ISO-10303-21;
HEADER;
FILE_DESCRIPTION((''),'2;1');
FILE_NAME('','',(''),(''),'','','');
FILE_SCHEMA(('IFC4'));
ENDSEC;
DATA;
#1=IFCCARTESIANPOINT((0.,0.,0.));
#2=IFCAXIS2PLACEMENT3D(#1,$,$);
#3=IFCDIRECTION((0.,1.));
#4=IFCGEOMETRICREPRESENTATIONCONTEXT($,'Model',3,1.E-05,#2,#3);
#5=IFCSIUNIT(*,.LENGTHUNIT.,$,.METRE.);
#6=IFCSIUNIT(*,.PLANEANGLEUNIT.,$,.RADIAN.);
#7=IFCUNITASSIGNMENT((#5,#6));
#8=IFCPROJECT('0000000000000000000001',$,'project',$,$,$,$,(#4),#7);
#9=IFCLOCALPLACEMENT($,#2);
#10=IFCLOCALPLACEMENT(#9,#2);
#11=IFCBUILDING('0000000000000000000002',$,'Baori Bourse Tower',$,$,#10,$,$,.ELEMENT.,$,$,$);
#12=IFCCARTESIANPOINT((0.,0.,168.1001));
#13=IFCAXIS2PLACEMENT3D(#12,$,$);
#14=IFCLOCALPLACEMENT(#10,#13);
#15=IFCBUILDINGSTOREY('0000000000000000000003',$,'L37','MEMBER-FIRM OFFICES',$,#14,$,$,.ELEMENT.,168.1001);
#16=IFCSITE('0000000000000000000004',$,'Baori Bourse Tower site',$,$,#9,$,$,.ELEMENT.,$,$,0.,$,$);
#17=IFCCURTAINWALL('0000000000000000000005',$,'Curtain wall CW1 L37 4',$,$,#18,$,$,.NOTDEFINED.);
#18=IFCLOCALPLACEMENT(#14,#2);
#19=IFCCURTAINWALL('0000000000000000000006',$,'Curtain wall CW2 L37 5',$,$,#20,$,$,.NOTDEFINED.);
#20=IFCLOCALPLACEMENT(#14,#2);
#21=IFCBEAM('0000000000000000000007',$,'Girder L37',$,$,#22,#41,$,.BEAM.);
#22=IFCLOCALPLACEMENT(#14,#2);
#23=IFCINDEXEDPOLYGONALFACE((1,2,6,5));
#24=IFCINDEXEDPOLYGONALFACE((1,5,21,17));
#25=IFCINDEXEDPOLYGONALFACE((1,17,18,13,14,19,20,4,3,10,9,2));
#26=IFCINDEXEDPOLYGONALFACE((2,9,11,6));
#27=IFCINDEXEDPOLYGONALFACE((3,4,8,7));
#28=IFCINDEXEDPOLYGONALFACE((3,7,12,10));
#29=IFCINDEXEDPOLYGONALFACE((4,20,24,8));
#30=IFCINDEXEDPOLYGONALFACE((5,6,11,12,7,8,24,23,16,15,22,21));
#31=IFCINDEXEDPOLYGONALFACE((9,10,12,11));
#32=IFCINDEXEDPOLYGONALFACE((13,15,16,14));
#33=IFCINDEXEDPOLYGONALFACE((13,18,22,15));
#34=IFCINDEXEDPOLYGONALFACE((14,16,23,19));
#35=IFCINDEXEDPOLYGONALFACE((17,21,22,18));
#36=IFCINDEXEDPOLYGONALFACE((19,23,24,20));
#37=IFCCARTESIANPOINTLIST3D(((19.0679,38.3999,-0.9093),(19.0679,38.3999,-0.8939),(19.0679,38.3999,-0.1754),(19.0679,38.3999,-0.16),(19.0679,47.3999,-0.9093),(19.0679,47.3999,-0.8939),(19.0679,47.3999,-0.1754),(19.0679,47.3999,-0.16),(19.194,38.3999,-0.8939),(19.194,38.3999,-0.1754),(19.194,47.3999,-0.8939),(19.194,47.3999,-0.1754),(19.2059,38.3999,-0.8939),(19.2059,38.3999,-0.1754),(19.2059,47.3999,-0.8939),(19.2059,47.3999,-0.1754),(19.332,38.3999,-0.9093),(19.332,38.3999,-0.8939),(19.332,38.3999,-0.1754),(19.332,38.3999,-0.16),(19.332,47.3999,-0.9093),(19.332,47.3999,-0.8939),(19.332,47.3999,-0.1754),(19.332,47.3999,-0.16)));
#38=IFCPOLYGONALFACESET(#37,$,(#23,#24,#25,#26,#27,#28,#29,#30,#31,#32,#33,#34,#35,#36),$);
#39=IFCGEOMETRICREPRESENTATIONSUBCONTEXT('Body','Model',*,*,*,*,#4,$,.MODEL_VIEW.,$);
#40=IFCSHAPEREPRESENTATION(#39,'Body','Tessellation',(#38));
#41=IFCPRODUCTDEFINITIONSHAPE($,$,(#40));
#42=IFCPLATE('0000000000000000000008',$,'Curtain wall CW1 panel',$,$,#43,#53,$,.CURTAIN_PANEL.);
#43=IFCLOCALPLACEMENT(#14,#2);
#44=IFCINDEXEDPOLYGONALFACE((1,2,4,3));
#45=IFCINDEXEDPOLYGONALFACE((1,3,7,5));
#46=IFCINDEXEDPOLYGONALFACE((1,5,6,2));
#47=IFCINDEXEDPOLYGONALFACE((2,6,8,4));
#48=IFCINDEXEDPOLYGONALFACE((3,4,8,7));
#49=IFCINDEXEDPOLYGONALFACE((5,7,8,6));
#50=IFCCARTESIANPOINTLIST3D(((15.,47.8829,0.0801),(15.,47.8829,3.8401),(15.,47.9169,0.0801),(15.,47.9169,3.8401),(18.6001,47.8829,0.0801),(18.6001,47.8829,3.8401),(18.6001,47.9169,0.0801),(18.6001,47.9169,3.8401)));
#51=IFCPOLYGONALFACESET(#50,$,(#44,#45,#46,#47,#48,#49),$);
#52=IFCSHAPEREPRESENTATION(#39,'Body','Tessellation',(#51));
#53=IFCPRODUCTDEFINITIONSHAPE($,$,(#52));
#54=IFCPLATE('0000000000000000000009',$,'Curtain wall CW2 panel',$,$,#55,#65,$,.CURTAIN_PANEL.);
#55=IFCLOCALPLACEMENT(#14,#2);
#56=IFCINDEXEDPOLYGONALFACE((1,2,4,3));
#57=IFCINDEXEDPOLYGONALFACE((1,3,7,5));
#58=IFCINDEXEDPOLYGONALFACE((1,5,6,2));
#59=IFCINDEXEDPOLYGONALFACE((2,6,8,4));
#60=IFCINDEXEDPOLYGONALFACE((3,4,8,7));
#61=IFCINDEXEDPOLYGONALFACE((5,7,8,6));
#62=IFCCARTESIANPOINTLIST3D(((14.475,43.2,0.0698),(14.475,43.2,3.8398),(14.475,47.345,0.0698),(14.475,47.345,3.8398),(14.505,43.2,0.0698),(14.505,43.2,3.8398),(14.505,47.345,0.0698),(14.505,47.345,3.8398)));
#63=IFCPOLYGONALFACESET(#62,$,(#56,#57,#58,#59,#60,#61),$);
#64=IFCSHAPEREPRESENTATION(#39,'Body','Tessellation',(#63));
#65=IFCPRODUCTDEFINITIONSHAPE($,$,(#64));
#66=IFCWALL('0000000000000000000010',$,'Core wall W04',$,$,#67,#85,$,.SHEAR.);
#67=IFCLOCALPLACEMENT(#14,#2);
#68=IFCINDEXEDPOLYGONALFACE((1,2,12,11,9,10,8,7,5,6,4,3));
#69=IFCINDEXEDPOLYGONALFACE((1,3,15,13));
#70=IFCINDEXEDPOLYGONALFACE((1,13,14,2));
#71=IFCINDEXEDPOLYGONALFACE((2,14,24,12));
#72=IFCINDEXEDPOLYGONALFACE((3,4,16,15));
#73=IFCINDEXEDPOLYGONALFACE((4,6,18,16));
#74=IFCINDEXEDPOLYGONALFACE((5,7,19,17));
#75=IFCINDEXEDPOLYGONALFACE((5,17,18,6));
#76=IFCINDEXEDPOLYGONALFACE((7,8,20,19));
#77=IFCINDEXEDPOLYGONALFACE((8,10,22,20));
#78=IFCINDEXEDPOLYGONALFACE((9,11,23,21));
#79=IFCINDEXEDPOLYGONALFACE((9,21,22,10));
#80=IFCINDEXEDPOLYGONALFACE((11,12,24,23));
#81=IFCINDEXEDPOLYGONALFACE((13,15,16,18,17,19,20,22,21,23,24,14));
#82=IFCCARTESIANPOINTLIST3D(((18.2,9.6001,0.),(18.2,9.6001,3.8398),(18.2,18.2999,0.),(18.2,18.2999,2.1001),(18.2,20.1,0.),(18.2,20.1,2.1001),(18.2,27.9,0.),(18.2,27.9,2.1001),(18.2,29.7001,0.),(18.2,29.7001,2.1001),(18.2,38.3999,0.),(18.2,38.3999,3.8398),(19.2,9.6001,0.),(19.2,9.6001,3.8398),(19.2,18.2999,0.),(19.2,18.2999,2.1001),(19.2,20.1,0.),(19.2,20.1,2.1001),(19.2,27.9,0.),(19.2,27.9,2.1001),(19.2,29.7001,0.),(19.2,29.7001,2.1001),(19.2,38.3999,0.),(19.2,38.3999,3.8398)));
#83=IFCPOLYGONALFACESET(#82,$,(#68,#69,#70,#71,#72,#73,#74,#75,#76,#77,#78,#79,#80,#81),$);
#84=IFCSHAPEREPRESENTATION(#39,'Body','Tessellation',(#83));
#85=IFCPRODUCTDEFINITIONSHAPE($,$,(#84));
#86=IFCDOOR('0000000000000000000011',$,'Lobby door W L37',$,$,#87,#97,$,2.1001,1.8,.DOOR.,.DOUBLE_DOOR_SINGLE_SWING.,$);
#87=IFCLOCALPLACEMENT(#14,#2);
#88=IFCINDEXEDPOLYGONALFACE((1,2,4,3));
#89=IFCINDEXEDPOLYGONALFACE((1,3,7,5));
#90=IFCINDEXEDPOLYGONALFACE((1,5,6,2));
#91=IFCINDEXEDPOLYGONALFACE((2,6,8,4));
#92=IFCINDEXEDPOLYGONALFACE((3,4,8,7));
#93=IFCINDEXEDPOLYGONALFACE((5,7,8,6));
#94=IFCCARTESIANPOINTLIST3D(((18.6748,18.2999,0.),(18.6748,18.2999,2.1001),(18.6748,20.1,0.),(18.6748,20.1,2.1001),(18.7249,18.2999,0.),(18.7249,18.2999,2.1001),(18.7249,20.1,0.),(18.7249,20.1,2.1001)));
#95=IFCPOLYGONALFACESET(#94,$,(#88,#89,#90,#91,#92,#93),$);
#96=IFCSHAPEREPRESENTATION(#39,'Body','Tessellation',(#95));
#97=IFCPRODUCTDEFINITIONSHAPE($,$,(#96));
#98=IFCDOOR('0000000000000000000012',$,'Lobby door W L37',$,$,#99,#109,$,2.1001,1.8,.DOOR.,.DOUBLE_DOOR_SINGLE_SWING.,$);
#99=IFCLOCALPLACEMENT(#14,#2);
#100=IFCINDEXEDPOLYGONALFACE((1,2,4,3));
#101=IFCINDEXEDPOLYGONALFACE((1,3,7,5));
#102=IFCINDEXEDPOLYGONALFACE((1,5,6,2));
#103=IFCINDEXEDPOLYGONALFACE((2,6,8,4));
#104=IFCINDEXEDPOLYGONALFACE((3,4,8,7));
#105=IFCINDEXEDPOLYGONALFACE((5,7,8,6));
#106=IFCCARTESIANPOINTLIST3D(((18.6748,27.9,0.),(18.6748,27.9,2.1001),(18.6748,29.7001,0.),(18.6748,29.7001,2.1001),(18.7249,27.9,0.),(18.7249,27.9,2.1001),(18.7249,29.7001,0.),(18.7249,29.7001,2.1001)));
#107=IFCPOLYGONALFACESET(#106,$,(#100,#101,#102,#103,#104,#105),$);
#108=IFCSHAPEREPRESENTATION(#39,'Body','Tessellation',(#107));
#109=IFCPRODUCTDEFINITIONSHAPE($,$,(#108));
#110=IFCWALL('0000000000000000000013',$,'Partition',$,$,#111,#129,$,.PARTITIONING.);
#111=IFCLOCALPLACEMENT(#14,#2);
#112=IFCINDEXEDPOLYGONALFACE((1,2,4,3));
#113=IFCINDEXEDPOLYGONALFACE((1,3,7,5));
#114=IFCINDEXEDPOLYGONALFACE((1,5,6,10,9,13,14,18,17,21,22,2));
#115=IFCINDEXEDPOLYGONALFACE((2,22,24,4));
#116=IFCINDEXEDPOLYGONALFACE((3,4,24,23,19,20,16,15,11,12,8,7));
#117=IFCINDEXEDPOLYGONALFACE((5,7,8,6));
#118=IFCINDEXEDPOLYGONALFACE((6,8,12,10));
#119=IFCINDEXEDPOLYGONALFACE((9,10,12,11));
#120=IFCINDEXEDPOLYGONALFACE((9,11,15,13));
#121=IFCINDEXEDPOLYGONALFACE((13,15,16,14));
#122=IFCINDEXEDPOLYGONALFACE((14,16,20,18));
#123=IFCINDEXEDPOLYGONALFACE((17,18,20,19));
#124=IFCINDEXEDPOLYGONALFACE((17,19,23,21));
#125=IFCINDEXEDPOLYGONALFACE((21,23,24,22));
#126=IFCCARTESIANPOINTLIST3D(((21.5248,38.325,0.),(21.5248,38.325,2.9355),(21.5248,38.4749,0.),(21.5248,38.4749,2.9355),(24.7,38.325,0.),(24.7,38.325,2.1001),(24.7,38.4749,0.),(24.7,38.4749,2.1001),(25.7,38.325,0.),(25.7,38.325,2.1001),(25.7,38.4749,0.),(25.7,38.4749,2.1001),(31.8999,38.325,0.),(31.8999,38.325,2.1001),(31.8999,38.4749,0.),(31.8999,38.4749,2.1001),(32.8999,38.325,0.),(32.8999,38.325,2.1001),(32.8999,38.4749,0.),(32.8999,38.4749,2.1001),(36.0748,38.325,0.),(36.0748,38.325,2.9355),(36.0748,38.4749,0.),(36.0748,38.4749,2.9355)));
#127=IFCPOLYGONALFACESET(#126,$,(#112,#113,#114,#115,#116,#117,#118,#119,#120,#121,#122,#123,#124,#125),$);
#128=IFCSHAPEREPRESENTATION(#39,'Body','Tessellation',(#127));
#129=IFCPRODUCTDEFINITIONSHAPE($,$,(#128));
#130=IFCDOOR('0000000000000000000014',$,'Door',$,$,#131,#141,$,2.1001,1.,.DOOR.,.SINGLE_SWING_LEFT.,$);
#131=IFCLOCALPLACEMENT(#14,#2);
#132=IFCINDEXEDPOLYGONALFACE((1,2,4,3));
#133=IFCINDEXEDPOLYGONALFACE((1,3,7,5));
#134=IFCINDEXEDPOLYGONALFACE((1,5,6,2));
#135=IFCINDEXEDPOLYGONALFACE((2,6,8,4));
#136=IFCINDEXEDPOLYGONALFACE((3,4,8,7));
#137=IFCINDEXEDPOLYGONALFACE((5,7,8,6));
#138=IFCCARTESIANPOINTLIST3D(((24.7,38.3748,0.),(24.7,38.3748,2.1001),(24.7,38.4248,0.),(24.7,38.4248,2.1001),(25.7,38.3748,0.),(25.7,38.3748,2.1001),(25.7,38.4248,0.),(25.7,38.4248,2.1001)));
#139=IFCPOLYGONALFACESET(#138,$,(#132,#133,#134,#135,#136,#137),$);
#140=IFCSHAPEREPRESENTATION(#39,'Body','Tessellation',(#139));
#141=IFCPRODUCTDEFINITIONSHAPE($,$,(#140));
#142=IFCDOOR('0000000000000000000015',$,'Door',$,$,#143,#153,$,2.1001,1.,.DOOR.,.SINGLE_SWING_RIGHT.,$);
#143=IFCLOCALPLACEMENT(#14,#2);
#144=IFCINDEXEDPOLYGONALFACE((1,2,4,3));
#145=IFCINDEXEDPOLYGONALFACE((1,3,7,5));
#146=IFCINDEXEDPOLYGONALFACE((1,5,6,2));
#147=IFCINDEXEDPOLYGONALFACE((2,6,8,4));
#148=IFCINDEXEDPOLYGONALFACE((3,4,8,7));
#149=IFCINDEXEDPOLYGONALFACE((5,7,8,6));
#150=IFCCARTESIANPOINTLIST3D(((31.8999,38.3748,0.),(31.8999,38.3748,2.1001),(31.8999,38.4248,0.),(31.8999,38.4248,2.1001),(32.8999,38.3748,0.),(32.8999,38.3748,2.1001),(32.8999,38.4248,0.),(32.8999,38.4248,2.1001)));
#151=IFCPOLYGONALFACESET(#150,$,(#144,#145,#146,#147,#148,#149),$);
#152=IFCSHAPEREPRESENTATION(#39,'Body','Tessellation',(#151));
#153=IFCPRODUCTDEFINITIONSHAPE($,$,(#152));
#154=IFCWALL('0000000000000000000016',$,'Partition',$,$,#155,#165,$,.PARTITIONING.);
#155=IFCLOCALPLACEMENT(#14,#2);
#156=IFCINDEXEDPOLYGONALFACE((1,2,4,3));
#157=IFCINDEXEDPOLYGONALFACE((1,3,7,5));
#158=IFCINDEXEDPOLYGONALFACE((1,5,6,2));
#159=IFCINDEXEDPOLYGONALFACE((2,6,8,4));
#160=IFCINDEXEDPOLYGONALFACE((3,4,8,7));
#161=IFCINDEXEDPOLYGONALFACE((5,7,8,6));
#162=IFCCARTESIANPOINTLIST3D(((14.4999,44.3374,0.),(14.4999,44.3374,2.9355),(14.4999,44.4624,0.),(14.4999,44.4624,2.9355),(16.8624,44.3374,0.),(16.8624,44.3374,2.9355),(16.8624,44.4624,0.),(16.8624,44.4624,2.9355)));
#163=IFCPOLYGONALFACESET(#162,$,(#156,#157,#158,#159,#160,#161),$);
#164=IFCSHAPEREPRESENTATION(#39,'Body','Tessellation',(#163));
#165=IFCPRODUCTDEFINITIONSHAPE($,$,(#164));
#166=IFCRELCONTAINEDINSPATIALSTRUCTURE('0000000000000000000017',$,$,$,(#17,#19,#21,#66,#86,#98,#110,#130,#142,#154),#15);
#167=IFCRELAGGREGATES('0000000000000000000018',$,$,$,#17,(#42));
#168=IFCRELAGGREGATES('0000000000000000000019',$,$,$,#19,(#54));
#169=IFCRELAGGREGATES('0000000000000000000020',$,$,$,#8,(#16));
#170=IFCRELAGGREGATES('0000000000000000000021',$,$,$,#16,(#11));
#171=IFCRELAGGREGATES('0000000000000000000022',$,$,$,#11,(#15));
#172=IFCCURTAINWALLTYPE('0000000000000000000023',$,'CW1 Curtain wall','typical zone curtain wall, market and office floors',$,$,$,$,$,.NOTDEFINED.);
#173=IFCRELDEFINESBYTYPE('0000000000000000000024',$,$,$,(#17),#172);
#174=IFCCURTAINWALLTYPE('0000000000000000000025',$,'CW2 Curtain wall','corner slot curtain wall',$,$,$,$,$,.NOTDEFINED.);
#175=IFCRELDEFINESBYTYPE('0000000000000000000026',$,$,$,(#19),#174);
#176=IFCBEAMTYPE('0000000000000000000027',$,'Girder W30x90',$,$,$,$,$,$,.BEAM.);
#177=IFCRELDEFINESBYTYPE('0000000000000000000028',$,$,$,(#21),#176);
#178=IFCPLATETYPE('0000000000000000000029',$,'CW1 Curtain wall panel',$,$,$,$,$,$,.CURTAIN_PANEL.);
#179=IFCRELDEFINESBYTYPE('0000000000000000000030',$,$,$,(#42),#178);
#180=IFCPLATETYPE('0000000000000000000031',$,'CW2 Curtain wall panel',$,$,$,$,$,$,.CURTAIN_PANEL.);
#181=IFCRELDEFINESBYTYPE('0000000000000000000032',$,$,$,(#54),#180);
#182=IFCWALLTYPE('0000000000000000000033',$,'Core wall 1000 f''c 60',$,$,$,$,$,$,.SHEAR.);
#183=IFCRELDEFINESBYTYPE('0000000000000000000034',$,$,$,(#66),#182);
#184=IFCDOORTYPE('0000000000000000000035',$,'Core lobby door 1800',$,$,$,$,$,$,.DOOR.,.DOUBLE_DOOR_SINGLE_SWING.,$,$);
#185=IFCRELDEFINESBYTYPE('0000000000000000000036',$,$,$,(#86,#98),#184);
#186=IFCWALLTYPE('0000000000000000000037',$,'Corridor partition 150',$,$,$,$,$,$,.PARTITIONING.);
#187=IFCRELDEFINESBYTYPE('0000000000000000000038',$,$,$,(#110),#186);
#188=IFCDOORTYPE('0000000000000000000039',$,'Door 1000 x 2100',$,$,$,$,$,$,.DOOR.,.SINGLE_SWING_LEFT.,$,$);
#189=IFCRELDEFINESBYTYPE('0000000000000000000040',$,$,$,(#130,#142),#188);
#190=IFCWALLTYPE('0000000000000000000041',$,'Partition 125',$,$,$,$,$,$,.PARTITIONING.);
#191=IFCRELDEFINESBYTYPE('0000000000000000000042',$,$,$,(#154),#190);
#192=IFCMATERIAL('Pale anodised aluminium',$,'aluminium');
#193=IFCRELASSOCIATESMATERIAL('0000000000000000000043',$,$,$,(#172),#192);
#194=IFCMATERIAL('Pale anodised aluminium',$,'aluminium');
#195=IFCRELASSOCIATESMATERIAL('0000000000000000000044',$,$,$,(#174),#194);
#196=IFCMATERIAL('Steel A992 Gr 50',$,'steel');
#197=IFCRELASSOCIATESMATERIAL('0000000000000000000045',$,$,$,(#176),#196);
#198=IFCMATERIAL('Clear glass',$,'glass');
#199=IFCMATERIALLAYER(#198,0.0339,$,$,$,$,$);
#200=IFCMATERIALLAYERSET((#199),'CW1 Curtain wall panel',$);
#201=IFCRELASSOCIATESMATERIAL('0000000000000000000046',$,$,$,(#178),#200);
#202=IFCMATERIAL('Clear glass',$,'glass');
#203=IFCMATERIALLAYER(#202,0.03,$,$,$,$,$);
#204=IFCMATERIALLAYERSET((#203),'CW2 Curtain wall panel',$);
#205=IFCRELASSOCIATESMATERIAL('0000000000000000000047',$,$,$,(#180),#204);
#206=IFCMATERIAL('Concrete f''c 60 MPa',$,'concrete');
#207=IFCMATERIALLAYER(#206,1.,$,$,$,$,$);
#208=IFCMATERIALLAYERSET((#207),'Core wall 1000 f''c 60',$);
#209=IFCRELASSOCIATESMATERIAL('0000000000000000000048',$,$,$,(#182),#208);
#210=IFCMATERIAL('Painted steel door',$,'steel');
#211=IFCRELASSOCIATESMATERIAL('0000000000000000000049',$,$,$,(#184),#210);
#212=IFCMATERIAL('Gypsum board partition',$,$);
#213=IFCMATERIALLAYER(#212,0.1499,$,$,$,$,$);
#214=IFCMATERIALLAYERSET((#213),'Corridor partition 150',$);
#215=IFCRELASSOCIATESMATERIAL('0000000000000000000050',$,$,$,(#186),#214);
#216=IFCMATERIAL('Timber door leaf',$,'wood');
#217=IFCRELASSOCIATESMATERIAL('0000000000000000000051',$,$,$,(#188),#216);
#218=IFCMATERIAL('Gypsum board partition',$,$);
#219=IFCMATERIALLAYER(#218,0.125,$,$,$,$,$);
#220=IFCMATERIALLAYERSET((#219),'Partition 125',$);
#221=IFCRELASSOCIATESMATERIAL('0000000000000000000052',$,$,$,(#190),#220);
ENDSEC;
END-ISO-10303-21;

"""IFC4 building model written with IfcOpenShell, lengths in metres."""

from ifc_helpers import new_model, si_unit, direction, frame, frame_2d, origin, origin_2d, place, context, subcontext, project, spatial, rectangle, i_section, extrude, material, layer, layer_set, material_profile, profile_set, type_object, element, fill, aggregate, save


model = new_model("IFC4")

# Units and contexts
model_context = context("Model", 3, precision=1e-05, world=origin(), true_north=direction((0.0, 1.0)))
body_context = subcontext(model_context, "Body", "Model", "MODEL_VIEW")
ifc_project = project(units=[si_unit("LENGTHUNIT", "METRE"), si_unit("PLANEANGLEUNIT", "RADIAN")], contexts=[model_context])

# Site, building, storey
site_placement = place(None, origin())
site = spatial("IfcSite", under=ifc_project, at=site_placement, Name="Baori Bourse Tower site", CompositionType="ELEMENT", RefElevation=0.0)
building_placement = place(site_placement, origin())
building = spatial("IfcBuilding", under=site, at=building_placement, Name="Baori Bourse Tower", CompositionType="ELEMENT")
storey_placement = place(building_placement, frame((0.0, 0.0, 168.1001)))
storey = spatial("IfcBuildingStorey", under=building, at=storey_placement, Name="L37", Description="MEMBER-FIRM OFFICES", CompositionType="ELEMENT", Elevation=168.1001)

# Curtain wall
ifc_material_1 = material(Name="Pale anodised aluminium", Category="aluminium")
curtain_wall_type_1 = type_object("IfcCurtainWallType", Name="CW1 Curtain wall", Description="typical zone curtain wall, market and office floors", PredefinedType="NOTDEFINED", material=ifc_material_1)
curtain_wall_1_placement = place(storey_placement, origin())
curtain_wall_1 = element("IfcCurtainWall", 1, at=curtain_wall_1_placement, inside=storey, type_object=curtain_wall_type_1, Name="Curtain wall CW1 L37 4", PredefinedType="NOTDEFINED")

# Curtain wall
ifc_material_2 = material(Name="Pale anodised aluminium", Category="aluminium")
curtain_wall_type_2 = type_object("IfcCurtainWallType", Name="CW2 Curtain wall", Description="corner slot curtain wall", PredefinedType="NOTDEFINED", material=ifc_material_2)
curtain_wall_2_placement = place(storey_placement, origin())
curtain_wall_2 = element("IfcCurtainWall", 2, at=curtain_wall_2_placement, inside=storey, type_object=curtain_wall_type_2, Name="Curtain wall CW2 L37 5", PredefinedType="NOTDEFINED")

# Beam
ifc_material_3 = material(Name="Steel A992 Gr 50", Category="steel")
ifc_material_profile_1 = material_profile(ifc_material_3, i_section(OverallWidth=0.2642, OverallDepth=0.7493, WebThickness=0.012, FlangeThickness=0.0154, at=origin_2d()), Name="W30x90")
ifc_profile_set_1 = profile_set([ifc_material_profile_1], Name="Steel A992 Gr 50")
beam_type_1 = type_object("IfcBeamType", Name="Girder W30x90", PredefinedType="BEAM", material=ifc_profile_set_1)
beam_1_placement = place(storey_placement, frame((19.2, 38.3999, -0.5347), z_axis=(0.0, 1.0, 0.0), x_axis=(-1.0, 0.0, 0.0)))
element("IfcBeam", 3, at=beam_1_placement, inside=storey, type_object=beam_type_1, Name="Girder L37", PredefinedType="BEAM", context=body_context, shape_type="SweptSolid", body=[
    extrude(i_section(OverallWidth=0.2642, OverallDepth=0.7493, WebThickness=0.012, FlangeThickness=0.0154, at=origin_2d()), origin(), (0.0, 0.0, 1.0), 9.0),
])

# Plates
ifc_material_4 = material(Name="Clear glass", Category="glass")
ifc_layer_1 = layer(ifc_material_4, 0.0339)
ifc_layer_set_1 = layer_set([ifc_layer_1], Name="CW1 Curtain wall panel")
plate_type_1 = type_object("IfcPlateType", Name="CW1 Curtain wall panel", PredefinedType="CURTAIN_PANEL", material=ifc_layer_set_1)
plate_1_placement = place(storey_placement, frame((16.8, 47.8999, 0.0801), z_axis=(0.0, 0.0, 1.0), x_axis=(-1.0, 0.0, 0.0)))
plate_1 = element("IfcPlate", 4, at=plate_1_placement, type_object=plate_type_1, Name="Curtain wall CW1 panel", PredefinedType="CURTAIN_PANEL", context=body_context, shape_type="SweptSolid", body=[
    extrude(rectangle(XDim=3.6001, YDim=0.0339, at=origin_2d()), origin(), (0.0, 0.0, 1.0), 3.76),
])
aggregate(curtain_wall_1, [plate_1])
ifc_material_5 = material(Name="Clear glass", Category="glass")
ifc_layer_2 = layer(ifc_material_5, 0.03)
ifc_layer_set_2 = layer_set([ifc_layer_2], Name="CW2 Curtain wall panel")
plate_type_2 = type_object("IfcPlateType", Name="CW2 Curtain wall panel", PredefinedType="CURTAIN_PANEL", material=ifc_layer_set_2)
plate_2_placement = place(storey_placement, frame((14.49, 45.2725, 0.0698), z_axis=(0.0, 0.0, 1.0), x_axis=(0.0, -1.0, 0.0)))
plate_2 = element("IfcPlate", 5, at=plate_2_placement, type_object=plate_type_2, Name="Curtain wall CW2 panel", PredefinedType="CURTAIN_PANEL", context=body_context, shape_type="SweptSolid", body=[
    extrude(rectangle(XDim=4.145, YDim=0.03, at=origin_2d()), origin(), (0.0, 0.0, 1.0), 3.77),
])
aggregate(curtain_wall_2, [plate_2])

# Walls, openings, doors
ifc_material_6 = material(Name="Concrete f'c 60 MPa", Category="concrete")
ifc_layer_3 = layer(ifc_material_6, 1.0)
ifc_layer_set_3 = layer_set([ifc_layer_3], Name="Core wall 1000 f'c 60")
wall_type_1 = type_object("IfcWallType", Name="Core wall 1000 f'c 60", PredefinedType="SHEAR", material=ifc_layer_set_3)
wall_1_placement = place(storey_placement, frame((18.7, 38.3999, 0.0), z_axis=(0.0, 0.0, 1.0), x_axis=(0.0, -1.0, 0.0)))
wall_1 = element("IfcWall", 6, at=wall_1_placement, inside=storey, type_object=wall_type_1, Name="Core wall W04", PredefinedType="SHEAR", context=body_context, shape_type="SweptSolid", body=[
    extrude(rectangle(XDim=28.7998, YDim=1.0, at=frame_2d((14.3999, 0.0))), origin(), (0.0, 0.0, 1.0), 3.8398),
])
opening_1_placement = place(wall_1_placement, frame((18.3, 0.0, 0.0)))
opening_1 = element("IfcOpeningElement", 7, at=opening_1_placement, cuts=wall_1, PredefinedType="OPENING", context=body_context, shape_type="SweptSolid", body=[
    extrude(rectangle(XDim=1.8, YDim=2.1001, at=frame_2d((0.8999, 1.05))), frame((0.0, 0.51, 0.0), z_axis=(0.0, -1.0, 0.0), x_axis=(1.0, 0.0, 0.0)), (0.0, 0.0, 1.0), 1.02),
])
opening_2_placement = place(wall_1_placement, frame((8.7, 0.0, 0.0)))
opening_2 = element("IfcOpeningElement", 8, at=opening_2_placement, cuts=wall_1, PredefinedType="OPENING", context=body_context, shape_type="SweptSolid", body=[
    extrude(rectangle(XDim=1.8, YDim=2.1001, at=frame_2d((0.8999, 1.05))), frame((0.0, 0.51, 0.0), z_axis=(0.0, -1.0, 0.0), x_axis=(1.0, 0.0, 0.0)), (0.0, 0.0, 1.0), 1.02),
])
ifc_material_7 = material(Name="Painted steel door", Category="steel")
door_type_1 = type_object("IfcDoorType", Name="Core lobby door 1800", OperationType="DOUBLE_DOOR_SINGLE_SWING", PredefinedType="DOOR", material=ifc_material_7)
door_1_placement = place(opening_1_placement, origin())
door_1 = element("IfcDoor", 9, at=door_1_placement, inside=storey, type_object=door_type_1, Name="Lobby door W L37", OperationType="DOUBLE_DOOR_SINGLE_SWING", OverallHeight=2.1001, OverallWidth=1.8, PredefinedType="DOOR", context=body_context, shape_type="SweptSolid", body=[
    extrude(rectangle(XDim=1.8, YDim=2.1001, at=frame_2d((0.8999, 1.05))), frame((0.0, 0.0249, 0.0), z_axis=(0.0, -1.0, 0.0), x_axis=(1.0, 0.0, 0.0)), (0.0, 0.0, 1.0), 0.05),
])
fill(opening_1, door_1)
door_2_placement = place(opening_2_placement, origin())
door_2 = element("IfcDoor", 10, at=door_2_placement, inside=storey, type_object=door_type_1, Name="Lobby door W L37", OperationType="DOUBLE_DOOR_SINGLE_SWING", OverallHeight=2.1001, OverallWidth=1.8, PredefinedType="DOOR", context=body_context, shape_type="SweptSolid", body=[
    extrude(rectangle(XDim=1.8, YDim=2.1001, at=frame_2d((0.8999, 1.05))), frame((0.0, 0.0249, 0.0), z_axis=(0.0, -1.0, 0.0), x_axis=(1.0, 0.0, 0.0)), (0.0, 0.0, 1.0), 0.05),
])
fill(opening_2, door_2)
ifc_material_8 = material(Name="Gypsum board partition")
ifc_layer_4 = layer(ifc_material_8, 0.1499)
ifc_layer_set_4 = layer_set([ifc_layer_4], Name="Corridor partition 150")
wall_type_2 = type_object("IfcWallType", Name="Corridor partition 150", PredefinedType="PARTITIONING", material=ifc_layer_set_4)
wall_2_placement = place(storey_placement, frame((21.5249, 38.3999, 0.0), z_axis=(0.0, 0.0, 1.0), x_axis=(1.0, 0.0, 0.0)))
wall_2 = element("IfcWall", 11, at=wall_2_placement, inside=storey, type_object=wall_type_2, Name="Partition", PredefinedType="PARTITIONING", context=body_context, shape_type="SweptSolid", body=[
    extrude(rectangle(XDim=14.55, YDim=0.1499, at=frame_2d((7.2749, 0.0))), origin(), (0.0, 0.0, 1.0), 2.9355),
])
opening_3_placement = place(wall_2_placement, frame((3.175, 0.0, 0.0)))
opening_3 = element("IfcOpeningElement", 12, at=opening_3_placement, cuts=wall_2, PredefinedType="OPENING", context=body_context, shape_type="SweptSolid", body=[
    extrude(rectangle(XDim=1.0, YDim=2.1001, at=frame_2d((0.5, 1.05))), frame((0.0, 0.085, 0.0), z_axis=(0.0, -1.0, 0.0), x_axis=(1.0, 0.0, 0.0)), (0.0, 0.0, 1.0), 0.1699),
])
opening_4_placement = place(wall_2_placement, frame((10.375, 0.0, 0.0)))
opening_4 = element("IfcOpeningElement", 13, at=opening_4_placement, cuts=wall_2, PredefinedType="OPENING", context=body_context, shape_type="SweptSolid", body=[
    extrude(rectangle(XDim=1.0, YDim=2.1001, at=frame_2d((0.5, 1.05))), frame((0.0, 0.085, 0.0), z_axis=(0.0, -1.0, 0.0), x_axis=(1.0, 0.0, 0.0)), (0.0, 0.0, 1.0), 0.1699),
])
ifc_material_9 = material(Name="Timber door leaf", Category="wood")
door_type_2 = type_object("IfcDoorType", Name="Door 1000 x 2100", OperationType="SINGLE_SWING_LEFT", PredefinedType="DOOR", material=ifc_material_9)
door_3_placement = place(opening_3_placement, origin())
door_3 = element("IfcDoor", 14, at=door_3_placement, inside=storey, type_object=door_type_2, Name="Door", OperationType="SINGLE_SWING_LEFT", OverallHeight=2.1001, OverallWidth=1.0, PredefinedType="DOOR", context=body_context, shape_type="SweptSolid", body=[
    extrude(rectangle(XDim=1.0, YDim=2.1001, at=frame_2d((0.5, 1.05))), frame((0.0, 0.0249, 0.0), z_axis=(0.0, -1.0, 0.0), x_axis=(1.0, 0.0, 0.0)), (0.0, 0.0, 1.0), 0.05),
])
fill(opening_3, door_3)
door_4_placement = place(opening_4_placement, origin())
door_4 = element("IfcDoor", 15, at=door_4_placement, inside=storey, type_object=door_type_2, Name="Door", OperationType="SINGLE_SWING_RIGHT", OverallHeight=2.1001, OverallWidth=1.0, PredefinedType="DOOR", context=body_context, shape_type="SweptSolid", body=[
    extrude(rectangle(XDim=1.0, YDim=2.1001, at=frame_2d((0.5, 1.05))), frame((0.0, 0.0249, 0.0), z_axis=(0.0, -1.0, 0.0), x_axis=(1.0, 0.0, 0.0)), (0.0, 0.0, 1.0), 0.05),
])
fill(opening_4, door_4)

# Wall
ifc_material_10 = material(Name="Gypsum board partition")
ifc_layer_5 = layer(ifc_material_10, 0.125)
ifc_layer_set_5 = layer_set([ifc_layer_5], Name="Partition 125")
wall_type_3 = type_object("IfcWallType", Name="Partition 125", PredefinedType="PARTITIONING", material=ifc_layer_set_5)
wall_3_placement = place(storey_placement, frame((14.5, 44.3999, 0.0), z_axis=(0.0, 0.0, 1.0), x_axis=(1.0, 0.0, 0.0)))
element("IfcWall", 16, at=wall_3_placement, inside=storey, type_object=wall_type_3, Name="Partition", PredefinedType="PARTITIONING", context=body_context, shape_type="SweptSolid", body=[
    extrude(rectangle(XDim=2.3625, YDim=0.125, at=frame_2d((1.1812, 0.0))), origin(), (0.0, 0.0, 1.0), 2.9355),
])

save(model, "model.ifc")
